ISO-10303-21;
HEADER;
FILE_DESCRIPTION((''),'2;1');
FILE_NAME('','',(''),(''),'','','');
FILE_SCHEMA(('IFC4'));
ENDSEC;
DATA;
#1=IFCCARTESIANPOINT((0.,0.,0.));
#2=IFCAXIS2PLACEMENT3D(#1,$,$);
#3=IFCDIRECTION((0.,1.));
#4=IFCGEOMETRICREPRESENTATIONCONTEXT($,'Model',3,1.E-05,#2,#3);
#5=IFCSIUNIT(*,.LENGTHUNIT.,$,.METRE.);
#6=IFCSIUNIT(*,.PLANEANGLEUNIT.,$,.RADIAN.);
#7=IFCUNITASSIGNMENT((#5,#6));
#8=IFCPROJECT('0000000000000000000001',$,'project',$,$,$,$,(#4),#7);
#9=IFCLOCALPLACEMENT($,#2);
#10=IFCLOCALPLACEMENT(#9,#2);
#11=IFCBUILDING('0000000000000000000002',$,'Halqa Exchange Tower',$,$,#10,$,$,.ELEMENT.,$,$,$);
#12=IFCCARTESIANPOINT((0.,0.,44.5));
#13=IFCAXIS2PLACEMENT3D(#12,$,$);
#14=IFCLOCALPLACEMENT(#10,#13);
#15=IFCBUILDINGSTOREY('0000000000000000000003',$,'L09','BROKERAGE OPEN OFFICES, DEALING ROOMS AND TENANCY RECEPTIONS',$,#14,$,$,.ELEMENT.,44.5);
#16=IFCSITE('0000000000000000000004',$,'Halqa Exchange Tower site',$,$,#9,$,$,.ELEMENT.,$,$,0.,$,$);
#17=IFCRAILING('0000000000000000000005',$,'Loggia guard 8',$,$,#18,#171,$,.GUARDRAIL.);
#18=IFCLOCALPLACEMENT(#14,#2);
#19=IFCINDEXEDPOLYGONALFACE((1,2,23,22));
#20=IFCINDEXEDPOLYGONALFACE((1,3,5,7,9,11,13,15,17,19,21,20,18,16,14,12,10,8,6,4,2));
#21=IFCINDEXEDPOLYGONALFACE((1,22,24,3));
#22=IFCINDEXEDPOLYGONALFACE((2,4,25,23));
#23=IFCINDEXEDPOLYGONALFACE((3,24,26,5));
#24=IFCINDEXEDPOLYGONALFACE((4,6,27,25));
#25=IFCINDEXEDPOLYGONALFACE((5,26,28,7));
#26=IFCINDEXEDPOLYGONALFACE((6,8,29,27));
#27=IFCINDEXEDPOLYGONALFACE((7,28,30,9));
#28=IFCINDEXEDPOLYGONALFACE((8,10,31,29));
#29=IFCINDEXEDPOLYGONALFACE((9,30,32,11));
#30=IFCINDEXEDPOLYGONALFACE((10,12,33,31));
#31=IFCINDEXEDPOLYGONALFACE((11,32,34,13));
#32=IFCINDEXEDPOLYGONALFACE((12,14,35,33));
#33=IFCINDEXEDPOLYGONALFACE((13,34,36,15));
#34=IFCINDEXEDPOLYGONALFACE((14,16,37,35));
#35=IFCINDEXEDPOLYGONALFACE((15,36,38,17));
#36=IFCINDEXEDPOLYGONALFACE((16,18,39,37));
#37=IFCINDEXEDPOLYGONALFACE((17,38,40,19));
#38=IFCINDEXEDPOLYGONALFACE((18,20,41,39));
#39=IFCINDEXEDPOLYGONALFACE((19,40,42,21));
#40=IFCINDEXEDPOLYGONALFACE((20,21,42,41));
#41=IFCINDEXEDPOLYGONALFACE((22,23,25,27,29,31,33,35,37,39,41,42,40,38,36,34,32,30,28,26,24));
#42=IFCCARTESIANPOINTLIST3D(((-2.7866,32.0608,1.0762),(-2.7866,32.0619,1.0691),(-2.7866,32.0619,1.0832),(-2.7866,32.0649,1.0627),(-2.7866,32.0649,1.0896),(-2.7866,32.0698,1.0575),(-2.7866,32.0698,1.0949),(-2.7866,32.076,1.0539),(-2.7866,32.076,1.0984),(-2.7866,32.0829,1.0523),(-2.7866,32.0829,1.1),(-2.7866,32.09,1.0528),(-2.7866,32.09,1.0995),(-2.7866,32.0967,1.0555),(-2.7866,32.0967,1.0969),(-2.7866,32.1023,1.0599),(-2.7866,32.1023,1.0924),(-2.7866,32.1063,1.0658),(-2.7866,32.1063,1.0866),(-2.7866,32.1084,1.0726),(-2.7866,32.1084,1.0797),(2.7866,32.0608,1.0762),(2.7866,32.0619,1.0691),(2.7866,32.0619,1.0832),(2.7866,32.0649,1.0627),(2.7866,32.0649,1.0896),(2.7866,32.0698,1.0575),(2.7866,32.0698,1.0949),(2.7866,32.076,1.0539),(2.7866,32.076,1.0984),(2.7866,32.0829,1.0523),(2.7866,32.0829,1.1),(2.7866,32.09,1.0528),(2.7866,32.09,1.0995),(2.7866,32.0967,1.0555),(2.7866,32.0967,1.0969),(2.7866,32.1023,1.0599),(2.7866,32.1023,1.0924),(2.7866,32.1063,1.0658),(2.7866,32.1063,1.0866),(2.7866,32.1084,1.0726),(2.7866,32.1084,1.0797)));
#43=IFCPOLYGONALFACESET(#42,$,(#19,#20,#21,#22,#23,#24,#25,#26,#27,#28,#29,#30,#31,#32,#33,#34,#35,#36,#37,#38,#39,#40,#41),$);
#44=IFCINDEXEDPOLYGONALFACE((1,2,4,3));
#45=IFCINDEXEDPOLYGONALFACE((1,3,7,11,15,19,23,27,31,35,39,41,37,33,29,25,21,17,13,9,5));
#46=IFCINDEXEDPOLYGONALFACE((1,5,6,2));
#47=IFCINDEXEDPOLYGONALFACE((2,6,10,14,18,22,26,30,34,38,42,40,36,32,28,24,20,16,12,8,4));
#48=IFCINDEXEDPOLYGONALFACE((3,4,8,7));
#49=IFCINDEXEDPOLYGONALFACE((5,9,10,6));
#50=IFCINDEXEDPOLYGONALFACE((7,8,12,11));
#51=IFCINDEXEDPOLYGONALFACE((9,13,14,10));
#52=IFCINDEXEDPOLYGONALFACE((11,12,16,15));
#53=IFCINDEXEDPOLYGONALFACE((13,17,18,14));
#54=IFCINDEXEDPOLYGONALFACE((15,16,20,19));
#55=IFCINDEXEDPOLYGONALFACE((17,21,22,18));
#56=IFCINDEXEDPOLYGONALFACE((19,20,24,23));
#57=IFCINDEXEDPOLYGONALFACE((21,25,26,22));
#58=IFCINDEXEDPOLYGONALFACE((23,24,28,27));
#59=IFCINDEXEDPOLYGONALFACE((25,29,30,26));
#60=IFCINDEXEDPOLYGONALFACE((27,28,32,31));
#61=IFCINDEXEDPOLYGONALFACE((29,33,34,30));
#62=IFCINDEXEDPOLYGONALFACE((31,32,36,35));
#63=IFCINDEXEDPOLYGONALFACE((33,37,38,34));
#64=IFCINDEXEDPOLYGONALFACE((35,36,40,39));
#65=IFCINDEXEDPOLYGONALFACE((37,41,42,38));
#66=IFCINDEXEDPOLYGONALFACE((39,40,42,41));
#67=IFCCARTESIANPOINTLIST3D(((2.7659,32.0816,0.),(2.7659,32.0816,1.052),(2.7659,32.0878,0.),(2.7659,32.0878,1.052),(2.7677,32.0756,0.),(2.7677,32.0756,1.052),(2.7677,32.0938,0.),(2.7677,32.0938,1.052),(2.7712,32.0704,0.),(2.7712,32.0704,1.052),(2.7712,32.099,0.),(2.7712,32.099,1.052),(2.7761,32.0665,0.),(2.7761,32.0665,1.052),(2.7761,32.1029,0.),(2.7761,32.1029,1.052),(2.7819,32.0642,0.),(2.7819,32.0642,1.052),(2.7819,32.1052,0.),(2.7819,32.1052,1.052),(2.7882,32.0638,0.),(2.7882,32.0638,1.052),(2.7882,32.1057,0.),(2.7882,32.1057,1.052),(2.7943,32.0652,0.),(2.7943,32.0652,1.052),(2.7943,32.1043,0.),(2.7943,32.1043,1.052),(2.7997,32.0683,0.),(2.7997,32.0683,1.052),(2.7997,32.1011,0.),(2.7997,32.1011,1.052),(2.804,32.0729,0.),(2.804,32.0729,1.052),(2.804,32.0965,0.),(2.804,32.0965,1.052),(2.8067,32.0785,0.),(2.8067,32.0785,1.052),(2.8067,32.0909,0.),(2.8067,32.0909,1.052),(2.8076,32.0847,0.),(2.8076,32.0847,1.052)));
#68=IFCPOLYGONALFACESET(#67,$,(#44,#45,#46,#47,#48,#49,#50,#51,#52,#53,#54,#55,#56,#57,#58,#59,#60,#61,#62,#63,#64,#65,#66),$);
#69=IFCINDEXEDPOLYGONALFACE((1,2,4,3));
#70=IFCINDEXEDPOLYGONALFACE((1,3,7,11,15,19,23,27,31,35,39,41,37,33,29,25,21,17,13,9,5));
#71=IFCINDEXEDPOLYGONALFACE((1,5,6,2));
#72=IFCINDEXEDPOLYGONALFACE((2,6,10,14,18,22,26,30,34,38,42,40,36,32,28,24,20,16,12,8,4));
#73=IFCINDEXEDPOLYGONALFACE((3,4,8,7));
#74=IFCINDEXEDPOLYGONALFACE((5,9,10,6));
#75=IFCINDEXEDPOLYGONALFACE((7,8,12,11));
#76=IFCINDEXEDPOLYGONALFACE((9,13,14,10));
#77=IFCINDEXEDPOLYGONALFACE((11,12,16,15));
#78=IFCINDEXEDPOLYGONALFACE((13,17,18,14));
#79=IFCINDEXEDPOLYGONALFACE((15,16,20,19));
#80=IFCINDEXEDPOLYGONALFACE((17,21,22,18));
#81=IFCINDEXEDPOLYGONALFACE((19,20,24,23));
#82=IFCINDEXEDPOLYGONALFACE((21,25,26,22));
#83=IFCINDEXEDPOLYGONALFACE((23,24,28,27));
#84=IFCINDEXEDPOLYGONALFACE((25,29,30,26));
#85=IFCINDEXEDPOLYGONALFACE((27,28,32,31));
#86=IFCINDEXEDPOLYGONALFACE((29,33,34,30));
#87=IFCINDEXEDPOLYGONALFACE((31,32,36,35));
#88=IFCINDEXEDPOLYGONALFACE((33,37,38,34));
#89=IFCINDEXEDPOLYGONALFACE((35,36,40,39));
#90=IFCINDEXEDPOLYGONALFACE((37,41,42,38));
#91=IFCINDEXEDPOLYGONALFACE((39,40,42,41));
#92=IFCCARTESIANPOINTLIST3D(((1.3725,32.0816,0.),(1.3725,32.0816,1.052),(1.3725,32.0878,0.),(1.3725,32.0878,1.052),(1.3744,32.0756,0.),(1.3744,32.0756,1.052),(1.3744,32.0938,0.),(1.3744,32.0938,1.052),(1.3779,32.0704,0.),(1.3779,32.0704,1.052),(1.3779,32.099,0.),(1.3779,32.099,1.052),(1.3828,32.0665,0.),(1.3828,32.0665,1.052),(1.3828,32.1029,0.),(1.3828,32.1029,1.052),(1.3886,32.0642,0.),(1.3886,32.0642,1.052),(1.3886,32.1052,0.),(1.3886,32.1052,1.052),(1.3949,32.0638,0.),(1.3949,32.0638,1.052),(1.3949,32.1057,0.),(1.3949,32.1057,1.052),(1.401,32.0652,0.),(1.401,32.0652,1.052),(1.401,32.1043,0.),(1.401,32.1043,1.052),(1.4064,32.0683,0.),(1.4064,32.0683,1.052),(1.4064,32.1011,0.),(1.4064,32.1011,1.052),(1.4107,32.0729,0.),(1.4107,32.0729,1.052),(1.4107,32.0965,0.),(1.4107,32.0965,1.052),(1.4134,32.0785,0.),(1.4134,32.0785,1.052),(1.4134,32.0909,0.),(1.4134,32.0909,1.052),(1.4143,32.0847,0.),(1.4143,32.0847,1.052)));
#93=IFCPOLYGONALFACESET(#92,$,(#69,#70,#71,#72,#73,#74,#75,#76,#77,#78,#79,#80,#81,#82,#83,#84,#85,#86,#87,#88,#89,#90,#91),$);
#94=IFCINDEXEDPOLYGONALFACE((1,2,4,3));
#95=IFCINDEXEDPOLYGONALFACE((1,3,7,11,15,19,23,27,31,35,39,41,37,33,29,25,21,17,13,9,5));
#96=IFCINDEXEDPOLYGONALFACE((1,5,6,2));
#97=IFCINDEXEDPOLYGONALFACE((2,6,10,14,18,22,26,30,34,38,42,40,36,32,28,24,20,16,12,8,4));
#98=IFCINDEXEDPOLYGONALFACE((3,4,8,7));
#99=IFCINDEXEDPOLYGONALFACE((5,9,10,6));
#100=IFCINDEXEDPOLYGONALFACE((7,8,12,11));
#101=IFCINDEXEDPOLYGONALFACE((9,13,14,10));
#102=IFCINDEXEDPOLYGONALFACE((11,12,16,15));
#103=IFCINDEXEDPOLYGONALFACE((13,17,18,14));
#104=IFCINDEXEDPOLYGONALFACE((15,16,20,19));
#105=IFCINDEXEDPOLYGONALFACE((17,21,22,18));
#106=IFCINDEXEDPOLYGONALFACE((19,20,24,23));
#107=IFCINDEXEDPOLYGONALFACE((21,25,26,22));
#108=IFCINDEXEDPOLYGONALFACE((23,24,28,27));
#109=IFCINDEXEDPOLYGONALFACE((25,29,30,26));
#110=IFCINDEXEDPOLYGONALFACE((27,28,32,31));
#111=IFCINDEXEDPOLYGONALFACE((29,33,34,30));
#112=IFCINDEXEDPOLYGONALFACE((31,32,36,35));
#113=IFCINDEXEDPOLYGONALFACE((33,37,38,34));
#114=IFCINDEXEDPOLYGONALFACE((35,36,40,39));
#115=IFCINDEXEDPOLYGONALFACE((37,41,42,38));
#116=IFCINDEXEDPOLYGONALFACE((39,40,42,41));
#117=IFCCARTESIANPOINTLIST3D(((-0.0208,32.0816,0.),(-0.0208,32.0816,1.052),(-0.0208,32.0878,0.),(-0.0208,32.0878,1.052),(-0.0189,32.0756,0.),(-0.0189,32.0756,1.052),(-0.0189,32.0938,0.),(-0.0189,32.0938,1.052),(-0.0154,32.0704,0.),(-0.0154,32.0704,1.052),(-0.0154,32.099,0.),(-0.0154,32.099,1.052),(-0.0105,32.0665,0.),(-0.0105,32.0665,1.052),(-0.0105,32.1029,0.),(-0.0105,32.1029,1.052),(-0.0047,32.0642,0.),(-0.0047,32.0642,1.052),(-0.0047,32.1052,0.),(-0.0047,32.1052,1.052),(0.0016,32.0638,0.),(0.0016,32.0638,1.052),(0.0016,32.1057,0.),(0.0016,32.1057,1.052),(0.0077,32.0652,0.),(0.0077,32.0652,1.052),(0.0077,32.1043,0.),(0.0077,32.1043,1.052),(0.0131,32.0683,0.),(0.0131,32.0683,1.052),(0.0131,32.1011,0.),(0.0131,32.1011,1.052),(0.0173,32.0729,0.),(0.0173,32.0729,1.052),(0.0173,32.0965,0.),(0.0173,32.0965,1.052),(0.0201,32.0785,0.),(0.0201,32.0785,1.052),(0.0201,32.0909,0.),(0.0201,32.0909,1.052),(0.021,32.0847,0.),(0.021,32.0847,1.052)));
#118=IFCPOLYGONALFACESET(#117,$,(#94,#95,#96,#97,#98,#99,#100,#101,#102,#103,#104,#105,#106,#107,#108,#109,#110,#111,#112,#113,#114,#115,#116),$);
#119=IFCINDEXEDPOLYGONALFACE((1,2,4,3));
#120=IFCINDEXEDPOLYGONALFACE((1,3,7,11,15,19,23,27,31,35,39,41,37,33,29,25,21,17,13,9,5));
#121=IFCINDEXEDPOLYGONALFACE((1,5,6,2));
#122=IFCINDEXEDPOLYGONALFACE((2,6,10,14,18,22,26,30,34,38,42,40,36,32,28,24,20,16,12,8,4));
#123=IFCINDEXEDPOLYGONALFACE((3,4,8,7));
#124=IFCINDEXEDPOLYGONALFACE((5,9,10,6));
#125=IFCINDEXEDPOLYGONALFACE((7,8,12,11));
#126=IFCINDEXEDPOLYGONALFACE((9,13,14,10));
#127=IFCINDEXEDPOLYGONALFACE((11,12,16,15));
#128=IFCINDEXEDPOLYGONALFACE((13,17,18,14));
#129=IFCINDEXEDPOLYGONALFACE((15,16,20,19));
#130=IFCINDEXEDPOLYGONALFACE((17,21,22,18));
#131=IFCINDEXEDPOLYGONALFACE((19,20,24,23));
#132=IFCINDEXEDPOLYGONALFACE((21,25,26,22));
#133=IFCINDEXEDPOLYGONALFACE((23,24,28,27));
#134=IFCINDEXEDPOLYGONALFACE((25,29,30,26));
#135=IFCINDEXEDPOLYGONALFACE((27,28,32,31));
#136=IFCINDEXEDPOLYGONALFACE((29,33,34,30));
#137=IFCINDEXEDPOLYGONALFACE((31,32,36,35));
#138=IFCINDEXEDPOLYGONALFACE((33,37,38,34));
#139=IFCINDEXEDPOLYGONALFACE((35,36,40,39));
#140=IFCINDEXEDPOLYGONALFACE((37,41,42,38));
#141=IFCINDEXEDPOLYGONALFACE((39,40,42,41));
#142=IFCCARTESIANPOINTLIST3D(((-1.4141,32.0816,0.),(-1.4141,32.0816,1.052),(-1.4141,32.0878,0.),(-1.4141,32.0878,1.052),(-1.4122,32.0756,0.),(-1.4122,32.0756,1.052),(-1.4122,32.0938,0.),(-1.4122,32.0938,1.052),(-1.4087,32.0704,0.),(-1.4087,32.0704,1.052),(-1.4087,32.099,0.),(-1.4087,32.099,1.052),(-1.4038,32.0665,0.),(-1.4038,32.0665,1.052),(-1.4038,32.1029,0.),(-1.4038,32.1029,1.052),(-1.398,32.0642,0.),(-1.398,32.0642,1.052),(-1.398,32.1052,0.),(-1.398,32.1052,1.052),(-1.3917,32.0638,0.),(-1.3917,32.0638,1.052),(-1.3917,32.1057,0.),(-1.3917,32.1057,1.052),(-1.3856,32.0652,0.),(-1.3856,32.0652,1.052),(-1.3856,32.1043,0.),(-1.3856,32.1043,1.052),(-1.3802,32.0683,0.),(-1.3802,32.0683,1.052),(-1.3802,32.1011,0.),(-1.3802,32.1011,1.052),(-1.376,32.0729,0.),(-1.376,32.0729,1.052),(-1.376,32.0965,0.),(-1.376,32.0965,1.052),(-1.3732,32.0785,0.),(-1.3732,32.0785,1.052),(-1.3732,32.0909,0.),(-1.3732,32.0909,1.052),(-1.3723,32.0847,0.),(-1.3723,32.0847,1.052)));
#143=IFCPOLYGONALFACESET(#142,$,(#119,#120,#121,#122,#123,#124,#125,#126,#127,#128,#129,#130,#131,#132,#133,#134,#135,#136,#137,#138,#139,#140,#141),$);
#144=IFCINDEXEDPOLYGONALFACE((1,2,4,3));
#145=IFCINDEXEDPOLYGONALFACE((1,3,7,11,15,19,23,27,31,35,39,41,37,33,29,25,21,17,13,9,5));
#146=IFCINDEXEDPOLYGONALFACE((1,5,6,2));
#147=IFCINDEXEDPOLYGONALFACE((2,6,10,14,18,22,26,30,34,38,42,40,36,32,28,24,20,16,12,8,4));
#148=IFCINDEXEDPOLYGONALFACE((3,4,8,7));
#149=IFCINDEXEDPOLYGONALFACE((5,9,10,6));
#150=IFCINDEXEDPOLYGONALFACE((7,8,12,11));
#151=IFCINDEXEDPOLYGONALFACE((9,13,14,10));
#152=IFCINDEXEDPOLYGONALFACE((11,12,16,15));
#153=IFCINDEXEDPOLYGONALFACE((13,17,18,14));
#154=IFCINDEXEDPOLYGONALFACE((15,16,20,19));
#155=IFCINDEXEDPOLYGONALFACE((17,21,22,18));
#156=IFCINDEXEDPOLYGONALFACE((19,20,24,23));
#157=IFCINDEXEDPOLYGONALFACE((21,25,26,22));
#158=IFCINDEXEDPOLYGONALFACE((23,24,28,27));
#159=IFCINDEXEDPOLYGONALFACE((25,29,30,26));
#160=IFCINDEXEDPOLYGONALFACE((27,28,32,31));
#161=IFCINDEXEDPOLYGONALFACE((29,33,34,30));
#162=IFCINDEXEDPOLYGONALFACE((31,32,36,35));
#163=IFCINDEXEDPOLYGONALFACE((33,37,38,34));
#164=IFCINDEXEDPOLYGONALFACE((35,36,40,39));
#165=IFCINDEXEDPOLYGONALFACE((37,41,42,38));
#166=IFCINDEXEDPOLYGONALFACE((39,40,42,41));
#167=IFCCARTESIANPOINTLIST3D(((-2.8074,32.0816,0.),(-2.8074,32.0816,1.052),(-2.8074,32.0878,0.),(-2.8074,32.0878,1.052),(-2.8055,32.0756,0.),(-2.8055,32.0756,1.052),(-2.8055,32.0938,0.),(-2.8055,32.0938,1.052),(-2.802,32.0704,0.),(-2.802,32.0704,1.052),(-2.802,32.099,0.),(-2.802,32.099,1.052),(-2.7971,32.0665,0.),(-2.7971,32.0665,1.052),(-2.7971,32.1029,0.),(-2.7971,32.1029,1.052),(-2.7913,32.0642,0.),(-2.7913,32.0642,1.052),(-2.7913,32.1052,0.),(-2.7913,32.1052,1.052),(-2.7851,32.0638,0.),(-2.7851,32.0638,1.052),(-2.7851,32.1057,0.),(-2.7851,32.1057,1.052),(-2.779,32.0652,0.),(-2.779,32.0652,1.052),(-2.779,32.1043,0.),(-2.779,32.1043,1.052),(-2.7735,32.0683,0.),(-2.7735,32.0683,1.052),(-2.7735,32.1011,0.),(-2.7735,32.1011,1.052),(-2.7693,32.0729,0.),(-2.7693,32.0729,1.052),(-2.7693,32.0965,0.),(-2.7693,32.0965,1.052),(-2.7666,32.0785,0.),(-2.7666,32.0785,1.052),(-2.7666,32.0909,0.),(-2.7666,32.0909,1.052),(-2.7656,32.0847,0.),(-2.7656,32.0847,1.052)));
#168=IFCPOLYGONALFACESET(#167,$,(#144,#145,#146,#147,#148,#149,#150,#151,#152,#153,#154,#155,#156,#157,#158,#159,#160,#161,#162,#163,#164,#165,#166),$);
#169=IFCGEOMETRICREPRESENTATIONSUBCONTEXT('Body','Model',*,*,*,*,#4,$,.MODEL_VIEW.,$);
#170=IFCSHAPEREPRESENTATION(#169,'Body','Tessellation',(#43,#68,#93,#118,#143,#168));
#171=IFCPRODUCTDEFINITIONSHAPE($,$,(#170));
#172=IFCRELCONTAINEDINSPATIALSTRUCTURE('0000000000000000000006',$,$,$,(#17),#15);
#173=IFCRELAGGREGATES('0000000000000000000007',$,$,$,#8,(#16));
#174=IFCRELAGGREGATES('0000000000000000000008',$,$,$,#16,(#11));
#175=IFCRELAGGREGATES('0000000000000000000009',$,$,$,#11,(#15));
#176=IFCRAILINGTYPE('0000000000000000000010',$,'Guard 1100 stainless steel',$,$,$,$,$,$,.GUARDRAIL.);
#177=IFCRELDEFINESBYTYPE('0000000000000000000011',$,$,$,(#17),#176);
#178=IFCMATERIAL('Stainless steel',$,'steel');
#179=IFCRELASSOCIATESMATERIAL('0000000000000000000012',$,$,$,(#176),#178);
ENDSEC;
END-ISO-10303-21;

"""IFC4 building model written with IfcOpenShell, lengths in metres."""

from ifc_helpers import new_model, si_unit, direction, frame, origin, origin_2d, place, context, subcontext, project, spatial, circle, extrude, material, type_object, element, save


model = new_model("IFC4")

# Units and contexts
model_context = context("Model", 3, precision=1e-05, world=origin(), true_north=direction((0.0, 1.0)))
body_context = subcontext(model_context, "Body", "Model", "MODEL_VIEW")
ifc_project = project(units=[si_unit("LENGTHUNIT", "METRE"), si_unit("PLANEANGLEUNIT", "RADIAN")], contexts=[model_context])

# Site, building, storey
site_placement = place(None, origin())
site = spatial("IfcSite", under=ifc_project, at=site_placement, Name="Halqa Exchange Tower site", CompositionType="ELEMENT", RefElevation=0.0)
building_placement = place(site_placement, origin())
building = spatial("IfcBuilding", under=site, at=building_placement, Name="Halqa Exchange Tower", CompositionType="ELEMENT")
storey_placement = place(building_placement, frame((0.0, 0.0, 44.5)))
storey = spatial("IfcBuildingStorey", under=building, at=storey_placement, Name="L09", Description="BROKERAGE OPEN OFFICES, DEALING ROOMS AND TENANCY RECEPTIONS", CompositionType="ELEMENT", Elevation=44.5)

# Railing
ifc_material_1 = material(Name="Stainless steel", Category="steel")
railing_type_1 = type_object("IfcRailingType", Name="Guard 1100 stainless steel", PredefinedType="GUARDRAIL", material=ifc_material_1)
railing_1_placement = place(storey_placement, frame((2.7866, 32.0847, 0.0)))
element("IfcRailing", 1, at=railing_1_placement, inside=storey, type_object=railing_type_1, Name="Loggia guard 8", PredefinedType="GUARDRAIL", context=body_context, shape_type="SweptSolid", body=[
    extrude(circle(Radius=0.0239, at=origin_2d()), frame((0.0, 0.0, 1.0762), z_axis=(-1.0, 0.0, 0.0), x_axis=(0.0, -1.0, 0.0)), (0.0, 0.0, 1.0), 5.5732),
    extrude(circle(Radius=0.021, at=origin_2d()), origin(), (0.0, 0.0, 1.0), 1.052),
    extrude(circle(Radius=0.021, at=origin_2d()), frame((-1.3933, 0.0, 0.0)), (0.0, 0.0, 1.0), 1.052),
    extrude(circle(Radius=0.021, at=origin_2d()), frame((-2.7866, 0.0, 0.0)), (0.0, 0.0, 1.0), 1.052),
    extrude(circle(Radius=0.021, at=origin_2d()), frame((-4.1799, 0.0, 0.0)), (0.0, 0.0, 1.0), 1.052),
    extrude(circle(Radius=0.021, at=origin_2d()), frame((-5.5732, 0.0, 0.0)), (0.0, 0.0, 1.0), 1.052),
])

save(model, "model.ifc")
